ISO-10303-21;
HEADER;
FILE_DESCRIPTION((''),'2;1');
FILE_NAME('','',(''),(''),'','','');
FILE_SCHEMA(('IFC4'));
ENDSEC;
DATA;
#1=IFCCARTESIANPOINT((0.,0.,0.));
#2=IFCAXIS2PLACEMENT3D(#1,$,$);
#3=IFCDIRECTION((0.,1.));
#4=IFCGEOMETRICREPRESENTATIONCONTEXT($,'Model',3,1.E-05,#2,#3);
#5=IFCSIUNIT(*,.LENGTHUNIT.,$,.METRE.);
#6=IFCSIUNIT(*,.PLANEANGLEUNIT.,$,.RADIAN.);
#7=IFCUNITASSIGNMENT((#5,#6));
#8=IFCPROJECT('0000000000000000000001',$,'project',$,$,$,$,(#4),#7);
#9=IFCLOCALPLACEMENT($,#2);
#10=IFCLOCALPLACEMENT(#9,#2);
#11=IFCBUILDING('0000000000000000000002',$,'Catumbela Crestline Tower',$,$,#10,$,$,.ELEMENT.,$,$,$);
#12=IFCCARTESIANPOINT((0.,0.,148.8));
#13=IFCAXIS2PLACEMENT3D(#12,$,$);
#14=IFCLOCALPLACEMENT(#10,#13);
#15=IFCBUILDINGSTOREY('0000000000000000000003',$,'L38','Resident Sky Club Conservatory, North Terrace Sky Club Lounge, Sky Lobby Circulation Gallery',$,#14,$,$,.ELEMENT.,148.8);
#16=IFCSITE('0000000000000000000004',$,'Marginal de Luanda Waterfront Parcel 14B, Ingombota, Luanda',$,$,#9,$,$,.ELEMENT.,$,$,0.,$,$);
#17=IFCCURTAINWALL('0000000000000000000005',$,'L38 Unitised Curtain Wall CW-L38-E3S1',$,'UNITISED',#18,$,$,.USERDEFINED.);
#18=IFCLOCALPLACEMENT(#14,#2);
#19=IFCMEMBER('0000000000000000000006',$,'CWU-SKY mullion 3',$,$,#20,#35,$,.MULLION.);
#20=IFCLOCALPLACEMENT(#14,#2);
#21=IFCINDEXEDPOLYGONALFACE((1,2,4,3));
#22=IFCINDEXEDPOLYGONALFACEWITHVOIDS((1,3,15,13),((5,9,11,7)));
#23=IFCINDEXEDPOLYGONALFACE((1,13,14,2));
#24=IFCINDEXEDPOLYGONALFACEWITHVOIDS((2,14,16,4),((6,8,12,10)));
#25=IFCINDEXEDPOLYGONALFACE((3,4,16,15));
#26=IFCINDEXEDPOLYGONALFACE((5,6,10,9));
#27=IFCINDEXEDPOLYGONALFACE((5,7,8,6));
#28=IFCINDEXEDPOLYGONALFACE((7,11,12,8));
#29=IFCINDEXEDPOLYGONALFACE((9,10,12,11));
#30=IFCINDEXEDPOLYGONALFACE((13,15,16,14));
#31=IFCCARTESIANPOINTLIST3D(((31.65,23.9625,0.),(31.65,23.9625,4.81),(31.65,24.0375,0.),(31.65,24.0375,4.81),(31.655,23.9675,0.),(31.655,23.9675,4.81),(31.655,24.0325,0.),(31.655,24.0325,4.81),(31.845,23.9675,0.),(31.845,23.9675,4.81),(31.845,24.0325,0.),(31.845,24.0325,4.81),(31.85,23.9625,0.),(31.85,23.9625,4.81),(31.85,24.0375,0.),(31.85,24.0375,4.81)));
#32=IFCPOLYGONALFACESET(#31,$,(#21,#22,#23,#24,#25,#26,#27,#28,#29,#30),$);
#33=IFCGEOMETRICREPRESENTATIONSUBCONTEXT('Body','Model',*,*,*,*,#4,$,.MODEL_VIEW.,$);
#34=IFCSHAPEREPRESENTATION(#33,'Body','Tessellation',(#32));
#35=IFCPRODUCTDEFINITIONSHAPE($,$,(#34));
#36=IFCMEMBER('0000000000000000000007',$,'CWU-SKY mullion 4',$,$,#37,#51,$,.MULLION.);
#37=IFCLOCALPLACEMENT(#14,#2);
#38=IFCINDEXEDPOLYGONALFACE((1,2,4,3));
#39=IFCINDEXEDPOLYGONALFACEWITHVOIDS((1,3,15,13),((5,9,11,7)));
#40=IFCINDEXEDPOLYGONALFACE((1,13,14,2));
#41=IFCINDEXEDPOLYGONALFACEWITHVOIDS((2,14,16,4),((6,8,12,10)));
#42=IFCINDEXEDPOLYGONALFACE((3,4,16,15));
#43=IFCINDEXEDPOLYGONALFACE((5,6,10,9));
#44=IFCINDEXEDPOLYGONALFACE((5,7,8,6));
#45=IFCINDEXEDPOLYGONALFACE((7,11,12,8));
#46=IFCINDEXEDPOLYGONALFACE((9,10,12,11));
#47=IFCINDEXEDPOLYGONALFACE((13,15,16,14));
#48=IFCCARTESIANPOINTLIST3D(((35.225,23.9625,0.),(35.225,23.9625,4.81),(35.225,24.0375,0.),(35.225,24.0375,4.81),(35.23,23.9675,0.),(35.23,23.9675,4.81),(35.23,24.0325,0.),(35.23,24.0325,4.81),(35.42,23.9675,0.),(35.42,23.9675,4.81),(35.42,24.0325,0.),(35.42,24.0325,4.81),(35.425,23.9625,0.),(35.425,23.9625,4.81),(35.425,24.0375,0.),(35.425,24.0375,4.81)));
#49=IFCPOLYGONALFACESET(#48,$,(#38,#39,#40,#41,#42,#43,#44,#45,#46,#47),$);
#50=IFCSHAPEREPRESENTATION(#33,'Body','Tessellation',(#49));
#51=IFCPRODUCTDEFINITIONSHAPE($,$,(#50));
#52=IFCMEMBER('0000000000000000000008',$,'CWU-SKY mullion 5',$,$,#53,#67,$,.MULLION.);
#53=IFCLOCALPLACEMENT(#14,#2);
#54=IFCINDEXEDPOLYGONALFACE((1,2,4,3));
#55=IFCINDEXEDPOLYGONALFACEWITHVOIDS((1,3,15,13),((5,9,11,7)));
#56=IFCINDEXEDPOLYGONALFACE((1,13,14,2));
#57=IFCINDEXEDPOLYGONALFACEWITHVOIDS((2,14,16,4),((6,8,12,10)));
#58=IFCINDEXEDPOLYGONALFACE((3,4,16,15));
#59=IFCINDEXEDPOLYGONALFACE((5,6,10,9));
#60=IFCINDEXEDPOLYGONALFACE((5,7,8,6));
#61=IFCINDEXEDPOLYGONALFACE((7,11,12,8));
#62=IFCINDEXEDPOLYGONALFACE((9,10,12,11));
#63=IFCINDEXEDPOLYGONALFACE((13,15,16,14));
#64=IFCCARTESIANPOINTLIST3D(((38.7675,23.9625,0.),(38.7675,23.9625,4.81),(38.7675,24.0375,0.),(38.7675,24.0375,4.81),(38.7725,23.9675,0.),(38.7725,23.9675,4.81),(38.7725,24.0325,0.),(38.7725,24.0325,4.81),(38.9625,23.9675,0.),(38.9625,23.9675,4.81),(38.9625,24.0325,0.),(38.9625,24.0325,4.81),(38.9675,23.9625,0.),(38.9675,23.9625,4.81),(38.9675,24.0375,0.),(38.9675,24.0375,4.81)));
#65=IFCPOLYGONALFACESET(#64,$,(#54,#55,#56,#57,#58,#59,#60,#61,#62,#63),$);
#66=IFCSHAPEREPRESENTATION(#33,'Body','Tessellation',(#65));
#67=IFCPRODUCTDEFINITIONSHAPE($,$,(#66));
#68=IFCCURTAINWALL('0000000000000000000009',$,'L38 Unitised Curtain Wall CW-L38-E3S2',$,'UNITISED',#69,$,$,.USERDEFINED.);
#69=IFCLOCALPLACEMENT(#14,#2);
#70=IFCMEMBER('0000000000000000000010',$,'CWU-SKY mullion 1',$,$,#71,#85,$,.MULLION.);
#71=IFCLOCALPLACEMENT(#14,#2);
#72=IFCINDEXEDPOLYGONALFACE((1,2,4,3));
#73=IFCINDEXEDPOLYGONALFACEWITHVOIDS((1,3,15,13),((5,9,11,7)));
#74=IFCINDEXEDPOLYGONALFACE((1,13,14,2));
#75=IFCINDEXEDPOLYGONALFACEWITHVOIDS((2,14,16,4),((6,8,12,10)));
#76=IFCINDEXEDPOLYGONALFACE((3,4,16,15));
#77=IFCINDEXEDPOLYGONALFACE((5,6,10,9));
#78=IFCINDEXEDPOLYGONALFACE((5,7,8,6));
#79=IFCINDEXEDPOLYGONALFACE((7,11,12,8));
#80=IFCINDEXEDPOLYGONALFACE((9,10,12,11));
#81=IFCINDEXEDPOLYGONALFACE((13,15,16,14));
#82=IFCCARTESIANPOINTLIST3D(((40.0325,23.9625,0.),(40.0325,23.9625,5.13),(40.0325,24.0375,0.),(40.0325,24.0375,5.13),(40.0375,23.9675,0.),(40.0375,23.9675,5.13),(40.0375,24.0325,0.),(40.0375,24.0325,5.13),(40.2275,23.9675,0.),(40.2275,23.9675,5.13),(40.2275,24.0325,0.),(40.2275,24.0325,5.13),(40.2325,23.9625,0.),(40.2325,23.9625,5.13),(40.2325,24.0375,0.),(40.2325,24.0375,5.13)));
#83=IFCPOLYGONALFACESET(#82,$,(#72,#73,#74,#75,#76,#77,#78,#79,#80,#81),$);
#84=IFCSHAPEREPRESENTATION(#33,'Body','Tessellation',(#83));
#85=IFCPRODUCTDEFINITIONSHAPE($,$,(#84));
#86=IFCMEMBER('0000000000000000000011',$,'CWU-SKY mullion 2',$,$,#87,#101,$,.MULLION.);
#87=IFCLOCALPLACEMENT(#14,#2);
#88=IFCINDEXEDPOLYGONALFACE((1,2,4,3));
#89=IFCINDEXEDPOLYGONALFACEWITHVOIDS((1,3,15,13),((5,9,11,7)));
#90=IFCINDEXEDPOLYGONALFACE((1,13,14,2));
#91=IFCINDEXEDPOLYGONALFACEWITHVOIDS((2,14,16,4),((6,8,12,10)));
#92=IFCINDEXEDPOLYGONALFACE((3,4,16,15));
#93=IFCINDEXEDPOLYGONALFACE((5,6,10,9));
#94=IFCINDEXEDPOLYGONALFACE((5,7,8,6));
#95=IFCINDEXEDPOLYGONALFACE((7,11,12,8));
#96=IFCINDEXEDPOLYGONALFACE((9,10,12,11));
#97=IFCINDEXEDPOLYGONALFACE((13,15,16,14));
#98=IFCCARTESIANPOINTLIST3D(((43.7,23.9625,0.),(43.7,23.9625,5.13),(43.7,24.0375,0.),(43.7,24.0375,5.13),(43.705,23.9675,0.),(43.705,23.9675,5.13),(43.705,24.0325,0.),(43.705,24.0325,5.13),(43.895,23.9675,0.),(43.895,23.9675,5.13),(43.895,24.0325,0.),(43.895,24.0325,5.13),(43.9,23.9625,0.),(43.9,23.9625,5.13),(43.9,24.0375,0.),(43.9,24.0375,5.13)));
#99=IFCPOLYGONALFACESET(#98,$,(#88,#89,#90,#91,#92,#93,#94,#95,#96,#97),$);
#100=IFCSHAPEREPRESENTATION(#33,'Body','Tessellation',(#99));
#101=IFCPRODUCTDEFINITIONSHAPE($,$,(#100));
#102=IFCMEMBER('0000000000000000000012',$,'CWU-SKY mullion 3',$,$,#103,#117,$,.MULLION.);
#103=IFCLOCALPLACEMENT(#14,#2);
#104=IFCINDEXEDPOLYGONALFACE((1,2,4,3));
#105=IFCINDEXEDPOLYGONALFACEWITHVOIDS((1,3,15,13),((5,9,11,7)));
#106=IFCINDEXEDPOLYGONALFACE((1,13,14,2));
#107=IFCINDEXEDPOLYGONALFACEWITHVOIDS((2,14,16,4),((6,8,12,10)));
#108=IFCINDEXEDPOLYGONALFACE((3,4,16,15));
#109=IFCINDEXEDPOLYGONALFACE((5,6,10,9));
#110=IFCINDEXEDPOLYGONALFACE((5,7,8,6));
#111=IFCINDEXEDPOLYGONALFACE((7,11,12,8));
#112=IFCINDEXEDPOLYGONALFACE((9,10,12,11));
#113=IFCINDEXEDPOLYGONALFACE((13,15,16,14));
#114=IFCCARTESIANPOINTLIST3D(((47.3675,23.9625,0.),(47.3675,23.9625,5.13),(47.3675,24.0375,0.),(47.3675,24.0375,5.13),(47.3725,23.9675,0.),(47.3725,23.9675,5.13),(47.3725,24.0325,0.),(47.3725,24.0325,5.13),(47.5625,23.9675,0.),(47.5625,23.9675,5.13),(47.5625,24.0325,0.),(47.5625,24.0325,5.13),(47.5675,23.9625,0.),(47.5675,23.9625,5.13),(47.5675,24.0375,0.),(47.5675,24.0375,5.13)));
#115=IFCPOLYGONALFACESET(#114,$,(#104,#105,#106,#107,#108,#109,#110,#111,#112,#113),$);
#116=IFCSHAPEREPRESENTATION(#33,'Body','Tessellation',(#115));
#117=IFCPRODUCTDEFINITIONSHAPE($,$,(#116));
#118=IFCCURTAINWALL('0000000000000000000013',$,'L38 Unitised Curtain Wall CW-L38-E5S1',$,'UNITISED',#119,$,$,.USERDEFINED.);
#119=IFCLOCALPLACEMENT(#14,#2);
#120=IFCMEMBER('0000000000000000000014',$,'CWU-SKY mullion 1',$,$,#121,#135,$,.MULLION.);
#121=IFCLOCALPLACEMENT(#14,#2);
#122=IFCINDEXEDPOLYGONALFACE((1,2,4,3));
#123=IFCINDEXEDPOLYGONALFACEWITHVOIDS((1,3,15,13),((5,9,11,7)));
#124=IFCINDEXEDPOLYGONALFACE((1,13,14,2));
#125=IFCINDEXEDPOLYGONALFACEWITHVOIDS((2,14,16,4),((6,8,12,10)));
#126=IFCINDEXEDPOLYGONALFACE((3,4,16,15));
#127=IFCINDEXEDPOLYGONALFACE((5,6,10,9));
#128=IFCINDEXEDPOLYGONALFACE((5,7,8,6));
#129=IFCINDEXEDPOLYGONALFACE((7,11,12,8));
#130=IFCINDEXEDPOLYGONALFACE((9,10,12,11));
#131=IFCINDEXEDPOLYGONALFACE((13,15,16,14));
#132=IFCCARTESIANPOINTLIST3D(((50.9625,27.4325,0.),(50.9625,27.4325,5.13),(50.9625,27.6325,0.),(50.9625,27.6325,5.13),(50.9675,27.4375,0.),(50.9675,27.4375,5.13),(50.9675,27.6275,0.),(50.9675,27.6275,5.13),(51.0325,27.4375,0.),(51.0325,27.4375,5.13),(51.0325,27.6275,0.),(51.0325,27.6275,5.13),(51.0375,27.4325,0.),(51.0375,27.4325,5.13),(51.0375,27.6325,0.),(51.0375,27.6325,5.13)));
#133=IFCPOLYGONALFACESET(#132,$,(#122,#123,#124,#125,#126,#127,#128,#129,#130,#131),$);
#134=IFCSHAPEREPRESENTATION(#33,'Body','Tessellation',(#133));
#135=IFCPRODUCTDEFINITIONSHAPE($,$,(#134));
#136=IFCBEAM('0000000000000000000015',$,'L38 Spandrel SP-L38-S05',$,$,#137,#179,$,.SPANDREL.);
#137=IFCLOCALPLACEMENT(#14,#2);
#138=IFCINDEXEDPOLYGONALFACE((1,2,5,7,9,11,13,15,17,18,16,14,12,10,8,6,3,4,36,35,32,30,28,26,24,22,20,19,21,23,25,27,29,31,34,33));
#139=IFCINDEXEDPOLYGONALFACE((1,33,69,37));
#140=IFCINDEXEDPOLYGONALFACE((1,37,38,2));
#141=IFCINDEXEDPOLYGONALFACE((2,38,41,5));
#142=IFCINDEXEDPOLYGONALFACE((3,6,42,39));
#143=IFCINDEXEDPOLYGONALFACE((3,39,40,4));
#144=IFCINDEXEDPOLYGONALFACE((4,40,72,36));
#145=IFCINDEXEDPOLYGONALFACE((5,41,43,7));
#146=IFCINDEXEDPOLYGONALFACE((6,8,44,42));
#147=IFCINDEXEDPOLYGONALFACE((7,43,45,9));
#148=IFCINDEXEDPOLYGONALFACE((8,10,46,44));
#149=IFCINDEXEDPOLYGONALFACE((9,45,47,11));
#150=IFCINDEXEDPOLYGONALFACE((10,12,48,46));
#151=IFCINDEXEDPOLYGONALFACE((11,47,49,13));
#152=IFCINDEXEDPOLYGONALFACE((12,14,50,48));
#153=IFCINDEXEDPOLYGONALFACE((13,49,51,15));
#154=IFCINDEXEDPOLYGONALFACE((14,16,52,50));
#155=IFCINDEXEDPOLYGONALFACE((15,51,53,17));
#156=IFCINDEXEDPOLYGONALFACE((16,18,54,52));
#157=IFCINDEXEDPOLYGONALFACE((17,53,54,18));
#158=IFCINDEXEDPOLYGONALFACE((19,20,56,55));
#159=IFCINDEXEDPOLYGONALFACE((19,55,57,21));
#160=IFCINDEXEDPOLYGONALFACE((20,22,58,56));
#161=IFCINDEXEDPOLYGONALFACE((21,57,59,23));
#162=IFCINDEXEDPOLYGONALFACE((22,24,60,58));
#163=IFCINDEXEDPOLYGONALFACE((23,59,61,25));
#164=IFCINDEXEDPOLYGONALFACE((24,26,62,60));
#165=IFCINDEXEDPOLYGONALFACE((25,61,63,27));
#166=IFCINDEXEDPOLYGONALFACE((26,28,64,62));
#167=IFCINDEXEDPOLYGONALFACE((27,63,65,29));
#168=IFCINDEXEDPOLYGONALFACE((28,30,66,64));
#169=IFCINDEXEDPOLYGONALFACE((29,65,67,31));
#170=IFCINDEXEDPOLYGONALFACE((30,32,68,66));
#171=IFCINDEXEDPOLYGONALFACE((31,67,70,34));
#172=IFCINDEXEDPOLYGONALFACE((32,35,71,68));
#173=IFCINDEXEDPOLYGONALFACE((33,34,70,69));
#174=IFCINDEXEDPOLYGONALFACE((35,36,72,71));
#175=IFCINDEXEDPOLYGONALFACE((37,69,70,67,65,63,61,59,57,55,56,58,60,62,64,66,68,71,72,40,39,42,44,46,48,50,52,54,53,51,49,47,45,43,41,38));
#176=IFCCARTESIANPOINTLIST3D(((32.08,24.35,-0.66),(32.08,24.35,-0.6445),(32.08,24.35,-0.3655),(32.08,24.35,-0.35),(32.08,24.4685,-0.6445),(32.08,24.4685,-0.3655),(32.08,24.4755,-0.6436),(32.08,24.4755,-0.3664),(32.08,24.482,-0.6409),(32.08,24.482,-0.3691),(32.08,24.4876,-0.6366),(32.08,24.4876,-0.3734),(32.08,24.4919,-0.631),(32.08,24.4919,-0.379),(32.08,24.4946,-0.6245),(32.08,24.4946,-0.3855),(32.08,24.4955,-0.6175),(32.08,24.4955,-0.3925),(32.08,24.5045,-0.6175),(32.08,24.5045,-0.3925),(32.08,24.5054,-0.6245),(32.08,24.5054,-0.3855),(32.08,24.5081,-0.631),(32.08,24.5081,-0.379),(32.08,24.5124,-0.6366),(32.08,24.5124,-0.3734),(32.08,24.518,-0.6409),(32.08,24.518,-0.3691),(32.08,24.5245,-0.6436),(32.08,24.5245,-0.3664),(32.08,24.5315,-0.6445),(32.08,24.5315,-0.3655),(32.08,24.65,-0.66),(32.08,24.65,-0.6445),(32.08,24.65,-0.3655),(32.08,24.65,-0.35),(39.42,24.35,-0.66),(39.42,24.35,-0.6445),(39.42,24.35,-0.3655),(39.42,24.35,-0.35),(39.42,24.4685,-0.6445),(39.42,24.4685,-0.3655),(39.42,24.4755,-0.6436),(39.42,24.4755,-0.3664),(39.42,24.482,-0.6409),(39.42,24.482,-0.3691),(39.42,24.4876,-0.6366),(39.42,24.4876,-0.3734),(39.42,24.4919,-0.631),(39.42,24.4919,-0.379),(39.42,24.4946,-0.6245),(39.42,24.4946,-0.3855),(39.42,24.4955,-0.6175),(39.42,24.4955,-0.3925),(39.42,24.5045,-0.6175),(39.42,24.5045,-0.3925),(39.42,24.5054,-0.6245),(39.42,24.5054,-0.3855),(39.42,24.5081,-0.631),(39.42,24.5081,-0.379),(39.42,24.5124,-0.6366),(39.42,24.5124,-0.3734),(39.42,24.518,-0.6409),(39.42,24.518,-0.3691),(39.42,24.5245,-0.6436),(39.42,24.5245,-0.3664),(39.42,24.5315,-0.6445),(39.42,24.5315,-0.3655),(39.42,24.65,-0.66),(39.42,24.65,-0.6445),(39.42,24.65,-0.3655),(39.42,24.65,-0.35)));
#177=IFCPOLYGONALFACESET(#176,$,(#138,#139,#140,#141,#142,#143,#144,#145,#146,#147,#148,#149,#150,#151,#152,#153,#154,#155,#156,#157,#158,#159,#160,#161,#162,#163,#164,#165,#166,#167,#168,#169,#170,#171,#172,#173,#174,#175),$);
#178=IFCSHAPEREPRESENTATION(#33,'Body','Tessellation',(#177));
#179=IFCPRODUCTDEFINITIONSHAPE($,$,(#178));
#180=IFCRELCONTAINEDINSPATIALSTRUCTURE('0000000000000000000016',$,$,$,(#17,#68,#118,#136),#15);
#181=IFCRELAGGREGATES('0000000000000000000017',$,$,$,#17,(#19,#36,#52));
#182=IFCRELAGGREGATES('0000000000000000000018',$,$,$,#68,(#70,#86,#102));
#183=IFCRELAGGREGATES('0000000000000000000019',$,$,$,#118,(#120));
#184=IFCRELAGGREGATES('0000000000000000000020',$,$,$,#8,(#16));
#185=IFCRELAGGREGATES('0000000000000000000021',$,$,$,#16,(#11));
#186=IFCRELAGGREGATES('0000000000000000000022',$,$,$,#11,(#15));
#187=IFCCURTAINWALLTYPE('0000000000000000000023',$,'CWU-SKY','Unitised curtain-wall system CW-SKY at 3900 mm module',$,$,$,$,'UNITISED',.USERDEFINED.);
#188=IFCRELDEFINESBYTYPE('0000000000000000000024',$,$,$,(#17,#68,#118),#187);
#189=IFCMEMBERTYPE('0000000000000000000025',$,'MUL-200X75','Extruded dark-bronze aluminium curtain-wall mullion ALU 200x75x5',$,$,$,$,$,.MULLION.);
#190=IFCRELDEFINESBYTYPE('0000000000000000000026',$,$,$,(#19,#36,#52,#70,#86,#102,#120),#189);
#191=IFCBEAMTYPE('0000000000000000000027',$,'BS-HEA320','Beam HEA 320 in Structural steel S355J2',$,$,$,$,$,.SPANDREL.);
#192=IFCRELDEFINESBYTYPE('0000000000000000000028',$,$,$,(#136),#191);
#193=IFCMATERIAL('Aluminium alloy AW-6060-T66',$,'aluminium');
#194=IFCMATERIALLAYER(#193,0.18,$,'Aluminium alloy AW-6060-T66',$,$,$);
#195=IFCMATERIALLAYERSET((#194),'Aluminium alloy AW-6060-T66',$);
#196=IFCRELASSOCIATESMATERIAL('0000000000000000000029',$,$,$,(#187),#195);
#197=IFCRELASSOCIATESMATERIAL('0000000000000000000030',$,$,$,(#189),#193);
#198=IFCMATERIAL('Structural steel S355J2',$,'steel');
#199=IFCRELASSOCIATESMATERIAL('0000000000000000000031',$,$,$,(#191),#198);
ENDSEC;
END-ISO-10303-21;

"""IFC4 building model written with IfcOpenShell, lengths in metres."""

from ifc_helpers import new_model, si_unit, direction, frame, origin, origin_2d, place, context, subcontext, project, spatial, hollow_rectangle, i_section, extrude, material, layer, layer_set, material_profile, profile_set, type_object, element, aggregate, save


model = new_model("IFC4")

# Units and contexts
model_context = context("Model", 3, precision=1e-05, world=origin(), true_north=direction((0.0, 1.0)))
body_context = subcontext(model_context, "Body", "Model", "MODEL_VIEW")
ifc_project = project(units=[si_unit("LENGTHUNIT", "METRE"), si_unit("PLANEANGLEUNIT", "RADIAN")], contexts=[model_context])

# Site, building, storey
site_placement = place(None, origin())
site = spatial("IfcSite", under=ifc_project, at=site_placement, Name="Marginal de Luanda Waterfront Parcel 14B, Ingombota, Luanda", CompositionType="ELEMENT", RefElevation=0.0)
building_placement = place(site_placement, origin())
building = spatial("IfcBuilding", under=site, at=building_placement, Name="Catumbela Crestline Tower", CompositionType="ELEMENT")
storey_placement = place(building_placement, frame((0.0, 0.0, 148.8)))
storey = spatial("IfcBuildingStorey", under=building, at=storey_placement, Name="L38", Description="Resident Sky Club Conservatory, North Terrace Sky Club Lounge, Sky Lobby Circulation Gallery", CompositionType="ELEMENT", Elevation=148.8)

# Shared definitions
ifc_material_1 = material(Name="Structural steel S355J2", Category="steel")

# Curtain walls, members
ifc_material_2 = material(Name="Aluminium alloy AW-6060-T66", Category="aluminium")
ifc_layer_1 = layer(ifc_material_2, 0.18, Name="Aluminium alloy AW-6060-T66")
ifc_layer_set_1 = layer_set([ifc_layer_1], Name="Aluminium alloy AW-6060-T66")
curtain_wall_type = type_object("IfcCurtainWallType", Name="CWU-SKY", Description="Unitised curtain-wall system CW-SKY at 3900 mm module", ElementType="UNITISED", PredefinedType="USERDEFINED", material=ifc_layer_set_1)
curtain_wall_1_placement = place(storey_placement, origin())
curtain_wall_1 = element("IfcCurtainWall", 1, at=curtain_wall_1_placement, inside=storey, type_object=curtain_wall_type, Name="L38 Unitised Curtain Wall CW-L38-E3S1", ObjectType="UNITISED", PredefinedType="USERDEFINED")
ifc_material_profile_1 = material_profile(ifc_material_2, hollow_rectangle(XDim=0.075, YDim=0.2, WallThickness=0.005, at=origin_2d()), Name="ALU 200x75x5")
ifc_profile_set_1 = profile_set([ifc_material_profile_1], Name="Aluminium alloy AW-6060-T66")
member_type_1 = type_object("IfcMemberType", Name="MUL-200X75", Description="Extruded dark-bronze aluminium curtain-wall mullion ALU 200x75x5", PredefinedType="MULLION", material=ifc_profile_set_1)
member_1_placement = place(storey_placement, frame((31.75, 24.0, 0.0), z_axis=(0.0, 0.0, 1.0), x_axis=(0.0, 1.0, 0.0)))
member_1 = element("IfcMember", 2, at=member_1_placement, type_object=member_type_1, Name="CWU-SKY mullion 3", PredefinedType="MULLION", context=body_context, shape_type="SweptSolid", body=[
    extrude(hollow_rectangle(XDim=0.075, YDim=0.2, WallThickness=0.005, at=origin_2d()), origin(), (0.0, 0.0, 1.0), 4.81),
])
member_2_placement = place(storey_placement, frame((35.325, 24.0, 0.0), z_axis=(0.0, 0.0, 1.0), x_axis=(0.0, 1.0, 0.0)))
member_2 = element("IfcMember", 3, at=member_2_placement, type_object=member_type_1, Name="CWU-SKY mullion 4", PredefinedType="MULLION", context=body_context, shape_type="SweptSolid", body=[
    extrude(hollow_rectangle(XDim=0.075, YDim=0.2, WallThickness=0.005, at=origin_2d()), origin(), (0.0, 0.0, 1.0), 4.81),
])
member_3_placement = place(storey_placement, frame((38.8675, 24.0, 0.0), z_axis=(0.0, 0.0, 1.0), x_axis=(0.0, 1.0, 0.0)))
member_3 = element("IfcMember", 4, at=member_3_placement, type_object=member_type_1, Name="CWU-SKY mullion 5", PredefinedType="MULLION", context=body_context, shape_type="SweptSolid", body=[
    extrude(hollow_rectangle(XDim=0.075, YDim=0.2, WallThickness=0.005, at=origin_2d()), origin(), (0.0, 0.0, 1.0), 4.81),
])
curtain_wall_2_placement = place(storey_placement, origin())
curtain_wall_2 = element("IfcCurtainWall", 5, at=curtain_wall_2_placement, inside=storey, type_object=curtain_wall_type, Name="L38 Unitised Curtain Wall CW-L38-E3S2", ObjectType="UNITISED", PredefinedType="USERDEFINED")
member_4_placement = place(storey_placement, frame((40.1325, 24.0, 0.0), z_axis=(0.0, 0.0, 1.0), x_axis=(0.0, 1.0, 0.0)))
member_4 = element("IfcMember", 6, at=member_4_placement, type_object=member_type_1, Name="CWU-SKY mullion 1", PredefinedType="MULLION", context=body_context, shape_type="SweptSolid", body=[
    extrude(hollow_rectangle(XDim=0.075, YDim=0.2, WallThickness=0.005, at=origin_2d()), origin(), (0.0, 0.0, 1.0), 5.13),
])
member_5_placement = place(storey_placement, frame((43.8, 24.0, 0.0), z_axis=(0.0, 0.0, 1.0), x_axis=(0.0, 1.0, 0.0)))
member_5 = element("IfcMember", 7, at=member_5_placement, type_object=member_type_1, Name="CWU-SKY mullion 2", PredefinedType="MULLION", context=body_context, shape_type="SweptSolid", body=[
    extrude(hollow_rectangle(XDim=0.075, YDim=0.2, WallThickness=0.005, at=origin_2d()), origin(), (0.0, 0.0, 1.0), 5.13),
])
member_6_placement = place(storey_placement, frame((47.4675, 24.0, 0.0), z_axis=(0.0, 0.0, 1.0), x_axis=(0.0, 1.0, 0.0)))
member_6 = element("IfcMember", 8, at=member_6_placement, type_object=member_type_1, Name="CWU-SKY mullion 3", PredefinedType="MULLION", context=body_context, shape_type="SweptSolid", body=[
    extrude(hollow_rectangle(XDim=0.075, YDim=0.2, WallThickness=0.005, at=origin_2d()), origin(), (0.0, 0.0, 1.0), 5.13),
])

# Curtain wall, member
curtain_wall_3_placement = place(storey_placement, origin())
curtain_wall_3 = element("IfcCurtainWall", 9, at=curtain_wall_3_placement, inside=storey, type_object=curtain_wall_type, Name="L38 Unitised Curtain Wall CW-L38-E5S1", ObjectType="UNITISED", PredefinedType="USERDEFINED")
member_7_placement = place(storey_placement, frame((51.0, 27.5325, 0.0), z_axis=(0.0, 0.0, 1.0), x_axis=(-1.0, 0.0, 0.0)))
member_7 = element("IfcMember", 10, at=member_7_placement, type_object=member_type_1, Name="CWU-SKY mullion 1", PredefinedType="MULLION", context=body_context, shape_type="SweptSolid", body=[
    extrude(hollow_rectangle(XDim=0.075, YDim=0.2, WallThickness=0.005, at=origin_2d()), origin(), (0.0, 0.0, 1.0), 5.13),
])

# Beam
ifc_material_profile_2 = material_profile(ifc_material_1, i_section(OverallWidth=0.3, OverallDepth=0.31, WebThickness=0.009, FlangeThickness=0.0155, FilletRadius=0.027, at=origin_2d()), Name="HEA 320")
ifc_profile_set_2 = profile_set([ifc_material_profile_2], Name="Structural steel S355J2")
beam_type_1 = type_object("IfcBeamType", Name="BS-HEA320", Description="Beam HEA 320 in Structural steel S355J2", PredefinedType="SPANDREL", material=ifc_profile_set_2)
beam_1_placement = place(storey_placement, frame((32.08, 24.5, -0.505), z_axis=(1.0, 0.0, 0.0), x_axis=(0.0, 1.0, 0.0)))
element("IfcBeam", 11, at=beam_1_placement, inside=storey, type_object=beam_type_1, Name="L38 Spandrel SP-L38-S05", PredefinedType="SPANDREL", context=body_context, shape_type="SweptSolid", body=[
    extrude(i_section(OverallWidth=0.3, OverallDepth=0.31, WebThickness=0.009, FlangeThickness=0.0155, FilletRadius=0.027, at=origin_2d()), origin(), (0.0, 0.0, 1.0), 7.34),
])

aggregate(curtain_wall_1, [member_1, member_2, member_3])
aggregate(curtain_wall_2, [member_4, member_5, member_6])
aggregate(curtain_wall_3, [member_7])

save(model, "model.ifc")
